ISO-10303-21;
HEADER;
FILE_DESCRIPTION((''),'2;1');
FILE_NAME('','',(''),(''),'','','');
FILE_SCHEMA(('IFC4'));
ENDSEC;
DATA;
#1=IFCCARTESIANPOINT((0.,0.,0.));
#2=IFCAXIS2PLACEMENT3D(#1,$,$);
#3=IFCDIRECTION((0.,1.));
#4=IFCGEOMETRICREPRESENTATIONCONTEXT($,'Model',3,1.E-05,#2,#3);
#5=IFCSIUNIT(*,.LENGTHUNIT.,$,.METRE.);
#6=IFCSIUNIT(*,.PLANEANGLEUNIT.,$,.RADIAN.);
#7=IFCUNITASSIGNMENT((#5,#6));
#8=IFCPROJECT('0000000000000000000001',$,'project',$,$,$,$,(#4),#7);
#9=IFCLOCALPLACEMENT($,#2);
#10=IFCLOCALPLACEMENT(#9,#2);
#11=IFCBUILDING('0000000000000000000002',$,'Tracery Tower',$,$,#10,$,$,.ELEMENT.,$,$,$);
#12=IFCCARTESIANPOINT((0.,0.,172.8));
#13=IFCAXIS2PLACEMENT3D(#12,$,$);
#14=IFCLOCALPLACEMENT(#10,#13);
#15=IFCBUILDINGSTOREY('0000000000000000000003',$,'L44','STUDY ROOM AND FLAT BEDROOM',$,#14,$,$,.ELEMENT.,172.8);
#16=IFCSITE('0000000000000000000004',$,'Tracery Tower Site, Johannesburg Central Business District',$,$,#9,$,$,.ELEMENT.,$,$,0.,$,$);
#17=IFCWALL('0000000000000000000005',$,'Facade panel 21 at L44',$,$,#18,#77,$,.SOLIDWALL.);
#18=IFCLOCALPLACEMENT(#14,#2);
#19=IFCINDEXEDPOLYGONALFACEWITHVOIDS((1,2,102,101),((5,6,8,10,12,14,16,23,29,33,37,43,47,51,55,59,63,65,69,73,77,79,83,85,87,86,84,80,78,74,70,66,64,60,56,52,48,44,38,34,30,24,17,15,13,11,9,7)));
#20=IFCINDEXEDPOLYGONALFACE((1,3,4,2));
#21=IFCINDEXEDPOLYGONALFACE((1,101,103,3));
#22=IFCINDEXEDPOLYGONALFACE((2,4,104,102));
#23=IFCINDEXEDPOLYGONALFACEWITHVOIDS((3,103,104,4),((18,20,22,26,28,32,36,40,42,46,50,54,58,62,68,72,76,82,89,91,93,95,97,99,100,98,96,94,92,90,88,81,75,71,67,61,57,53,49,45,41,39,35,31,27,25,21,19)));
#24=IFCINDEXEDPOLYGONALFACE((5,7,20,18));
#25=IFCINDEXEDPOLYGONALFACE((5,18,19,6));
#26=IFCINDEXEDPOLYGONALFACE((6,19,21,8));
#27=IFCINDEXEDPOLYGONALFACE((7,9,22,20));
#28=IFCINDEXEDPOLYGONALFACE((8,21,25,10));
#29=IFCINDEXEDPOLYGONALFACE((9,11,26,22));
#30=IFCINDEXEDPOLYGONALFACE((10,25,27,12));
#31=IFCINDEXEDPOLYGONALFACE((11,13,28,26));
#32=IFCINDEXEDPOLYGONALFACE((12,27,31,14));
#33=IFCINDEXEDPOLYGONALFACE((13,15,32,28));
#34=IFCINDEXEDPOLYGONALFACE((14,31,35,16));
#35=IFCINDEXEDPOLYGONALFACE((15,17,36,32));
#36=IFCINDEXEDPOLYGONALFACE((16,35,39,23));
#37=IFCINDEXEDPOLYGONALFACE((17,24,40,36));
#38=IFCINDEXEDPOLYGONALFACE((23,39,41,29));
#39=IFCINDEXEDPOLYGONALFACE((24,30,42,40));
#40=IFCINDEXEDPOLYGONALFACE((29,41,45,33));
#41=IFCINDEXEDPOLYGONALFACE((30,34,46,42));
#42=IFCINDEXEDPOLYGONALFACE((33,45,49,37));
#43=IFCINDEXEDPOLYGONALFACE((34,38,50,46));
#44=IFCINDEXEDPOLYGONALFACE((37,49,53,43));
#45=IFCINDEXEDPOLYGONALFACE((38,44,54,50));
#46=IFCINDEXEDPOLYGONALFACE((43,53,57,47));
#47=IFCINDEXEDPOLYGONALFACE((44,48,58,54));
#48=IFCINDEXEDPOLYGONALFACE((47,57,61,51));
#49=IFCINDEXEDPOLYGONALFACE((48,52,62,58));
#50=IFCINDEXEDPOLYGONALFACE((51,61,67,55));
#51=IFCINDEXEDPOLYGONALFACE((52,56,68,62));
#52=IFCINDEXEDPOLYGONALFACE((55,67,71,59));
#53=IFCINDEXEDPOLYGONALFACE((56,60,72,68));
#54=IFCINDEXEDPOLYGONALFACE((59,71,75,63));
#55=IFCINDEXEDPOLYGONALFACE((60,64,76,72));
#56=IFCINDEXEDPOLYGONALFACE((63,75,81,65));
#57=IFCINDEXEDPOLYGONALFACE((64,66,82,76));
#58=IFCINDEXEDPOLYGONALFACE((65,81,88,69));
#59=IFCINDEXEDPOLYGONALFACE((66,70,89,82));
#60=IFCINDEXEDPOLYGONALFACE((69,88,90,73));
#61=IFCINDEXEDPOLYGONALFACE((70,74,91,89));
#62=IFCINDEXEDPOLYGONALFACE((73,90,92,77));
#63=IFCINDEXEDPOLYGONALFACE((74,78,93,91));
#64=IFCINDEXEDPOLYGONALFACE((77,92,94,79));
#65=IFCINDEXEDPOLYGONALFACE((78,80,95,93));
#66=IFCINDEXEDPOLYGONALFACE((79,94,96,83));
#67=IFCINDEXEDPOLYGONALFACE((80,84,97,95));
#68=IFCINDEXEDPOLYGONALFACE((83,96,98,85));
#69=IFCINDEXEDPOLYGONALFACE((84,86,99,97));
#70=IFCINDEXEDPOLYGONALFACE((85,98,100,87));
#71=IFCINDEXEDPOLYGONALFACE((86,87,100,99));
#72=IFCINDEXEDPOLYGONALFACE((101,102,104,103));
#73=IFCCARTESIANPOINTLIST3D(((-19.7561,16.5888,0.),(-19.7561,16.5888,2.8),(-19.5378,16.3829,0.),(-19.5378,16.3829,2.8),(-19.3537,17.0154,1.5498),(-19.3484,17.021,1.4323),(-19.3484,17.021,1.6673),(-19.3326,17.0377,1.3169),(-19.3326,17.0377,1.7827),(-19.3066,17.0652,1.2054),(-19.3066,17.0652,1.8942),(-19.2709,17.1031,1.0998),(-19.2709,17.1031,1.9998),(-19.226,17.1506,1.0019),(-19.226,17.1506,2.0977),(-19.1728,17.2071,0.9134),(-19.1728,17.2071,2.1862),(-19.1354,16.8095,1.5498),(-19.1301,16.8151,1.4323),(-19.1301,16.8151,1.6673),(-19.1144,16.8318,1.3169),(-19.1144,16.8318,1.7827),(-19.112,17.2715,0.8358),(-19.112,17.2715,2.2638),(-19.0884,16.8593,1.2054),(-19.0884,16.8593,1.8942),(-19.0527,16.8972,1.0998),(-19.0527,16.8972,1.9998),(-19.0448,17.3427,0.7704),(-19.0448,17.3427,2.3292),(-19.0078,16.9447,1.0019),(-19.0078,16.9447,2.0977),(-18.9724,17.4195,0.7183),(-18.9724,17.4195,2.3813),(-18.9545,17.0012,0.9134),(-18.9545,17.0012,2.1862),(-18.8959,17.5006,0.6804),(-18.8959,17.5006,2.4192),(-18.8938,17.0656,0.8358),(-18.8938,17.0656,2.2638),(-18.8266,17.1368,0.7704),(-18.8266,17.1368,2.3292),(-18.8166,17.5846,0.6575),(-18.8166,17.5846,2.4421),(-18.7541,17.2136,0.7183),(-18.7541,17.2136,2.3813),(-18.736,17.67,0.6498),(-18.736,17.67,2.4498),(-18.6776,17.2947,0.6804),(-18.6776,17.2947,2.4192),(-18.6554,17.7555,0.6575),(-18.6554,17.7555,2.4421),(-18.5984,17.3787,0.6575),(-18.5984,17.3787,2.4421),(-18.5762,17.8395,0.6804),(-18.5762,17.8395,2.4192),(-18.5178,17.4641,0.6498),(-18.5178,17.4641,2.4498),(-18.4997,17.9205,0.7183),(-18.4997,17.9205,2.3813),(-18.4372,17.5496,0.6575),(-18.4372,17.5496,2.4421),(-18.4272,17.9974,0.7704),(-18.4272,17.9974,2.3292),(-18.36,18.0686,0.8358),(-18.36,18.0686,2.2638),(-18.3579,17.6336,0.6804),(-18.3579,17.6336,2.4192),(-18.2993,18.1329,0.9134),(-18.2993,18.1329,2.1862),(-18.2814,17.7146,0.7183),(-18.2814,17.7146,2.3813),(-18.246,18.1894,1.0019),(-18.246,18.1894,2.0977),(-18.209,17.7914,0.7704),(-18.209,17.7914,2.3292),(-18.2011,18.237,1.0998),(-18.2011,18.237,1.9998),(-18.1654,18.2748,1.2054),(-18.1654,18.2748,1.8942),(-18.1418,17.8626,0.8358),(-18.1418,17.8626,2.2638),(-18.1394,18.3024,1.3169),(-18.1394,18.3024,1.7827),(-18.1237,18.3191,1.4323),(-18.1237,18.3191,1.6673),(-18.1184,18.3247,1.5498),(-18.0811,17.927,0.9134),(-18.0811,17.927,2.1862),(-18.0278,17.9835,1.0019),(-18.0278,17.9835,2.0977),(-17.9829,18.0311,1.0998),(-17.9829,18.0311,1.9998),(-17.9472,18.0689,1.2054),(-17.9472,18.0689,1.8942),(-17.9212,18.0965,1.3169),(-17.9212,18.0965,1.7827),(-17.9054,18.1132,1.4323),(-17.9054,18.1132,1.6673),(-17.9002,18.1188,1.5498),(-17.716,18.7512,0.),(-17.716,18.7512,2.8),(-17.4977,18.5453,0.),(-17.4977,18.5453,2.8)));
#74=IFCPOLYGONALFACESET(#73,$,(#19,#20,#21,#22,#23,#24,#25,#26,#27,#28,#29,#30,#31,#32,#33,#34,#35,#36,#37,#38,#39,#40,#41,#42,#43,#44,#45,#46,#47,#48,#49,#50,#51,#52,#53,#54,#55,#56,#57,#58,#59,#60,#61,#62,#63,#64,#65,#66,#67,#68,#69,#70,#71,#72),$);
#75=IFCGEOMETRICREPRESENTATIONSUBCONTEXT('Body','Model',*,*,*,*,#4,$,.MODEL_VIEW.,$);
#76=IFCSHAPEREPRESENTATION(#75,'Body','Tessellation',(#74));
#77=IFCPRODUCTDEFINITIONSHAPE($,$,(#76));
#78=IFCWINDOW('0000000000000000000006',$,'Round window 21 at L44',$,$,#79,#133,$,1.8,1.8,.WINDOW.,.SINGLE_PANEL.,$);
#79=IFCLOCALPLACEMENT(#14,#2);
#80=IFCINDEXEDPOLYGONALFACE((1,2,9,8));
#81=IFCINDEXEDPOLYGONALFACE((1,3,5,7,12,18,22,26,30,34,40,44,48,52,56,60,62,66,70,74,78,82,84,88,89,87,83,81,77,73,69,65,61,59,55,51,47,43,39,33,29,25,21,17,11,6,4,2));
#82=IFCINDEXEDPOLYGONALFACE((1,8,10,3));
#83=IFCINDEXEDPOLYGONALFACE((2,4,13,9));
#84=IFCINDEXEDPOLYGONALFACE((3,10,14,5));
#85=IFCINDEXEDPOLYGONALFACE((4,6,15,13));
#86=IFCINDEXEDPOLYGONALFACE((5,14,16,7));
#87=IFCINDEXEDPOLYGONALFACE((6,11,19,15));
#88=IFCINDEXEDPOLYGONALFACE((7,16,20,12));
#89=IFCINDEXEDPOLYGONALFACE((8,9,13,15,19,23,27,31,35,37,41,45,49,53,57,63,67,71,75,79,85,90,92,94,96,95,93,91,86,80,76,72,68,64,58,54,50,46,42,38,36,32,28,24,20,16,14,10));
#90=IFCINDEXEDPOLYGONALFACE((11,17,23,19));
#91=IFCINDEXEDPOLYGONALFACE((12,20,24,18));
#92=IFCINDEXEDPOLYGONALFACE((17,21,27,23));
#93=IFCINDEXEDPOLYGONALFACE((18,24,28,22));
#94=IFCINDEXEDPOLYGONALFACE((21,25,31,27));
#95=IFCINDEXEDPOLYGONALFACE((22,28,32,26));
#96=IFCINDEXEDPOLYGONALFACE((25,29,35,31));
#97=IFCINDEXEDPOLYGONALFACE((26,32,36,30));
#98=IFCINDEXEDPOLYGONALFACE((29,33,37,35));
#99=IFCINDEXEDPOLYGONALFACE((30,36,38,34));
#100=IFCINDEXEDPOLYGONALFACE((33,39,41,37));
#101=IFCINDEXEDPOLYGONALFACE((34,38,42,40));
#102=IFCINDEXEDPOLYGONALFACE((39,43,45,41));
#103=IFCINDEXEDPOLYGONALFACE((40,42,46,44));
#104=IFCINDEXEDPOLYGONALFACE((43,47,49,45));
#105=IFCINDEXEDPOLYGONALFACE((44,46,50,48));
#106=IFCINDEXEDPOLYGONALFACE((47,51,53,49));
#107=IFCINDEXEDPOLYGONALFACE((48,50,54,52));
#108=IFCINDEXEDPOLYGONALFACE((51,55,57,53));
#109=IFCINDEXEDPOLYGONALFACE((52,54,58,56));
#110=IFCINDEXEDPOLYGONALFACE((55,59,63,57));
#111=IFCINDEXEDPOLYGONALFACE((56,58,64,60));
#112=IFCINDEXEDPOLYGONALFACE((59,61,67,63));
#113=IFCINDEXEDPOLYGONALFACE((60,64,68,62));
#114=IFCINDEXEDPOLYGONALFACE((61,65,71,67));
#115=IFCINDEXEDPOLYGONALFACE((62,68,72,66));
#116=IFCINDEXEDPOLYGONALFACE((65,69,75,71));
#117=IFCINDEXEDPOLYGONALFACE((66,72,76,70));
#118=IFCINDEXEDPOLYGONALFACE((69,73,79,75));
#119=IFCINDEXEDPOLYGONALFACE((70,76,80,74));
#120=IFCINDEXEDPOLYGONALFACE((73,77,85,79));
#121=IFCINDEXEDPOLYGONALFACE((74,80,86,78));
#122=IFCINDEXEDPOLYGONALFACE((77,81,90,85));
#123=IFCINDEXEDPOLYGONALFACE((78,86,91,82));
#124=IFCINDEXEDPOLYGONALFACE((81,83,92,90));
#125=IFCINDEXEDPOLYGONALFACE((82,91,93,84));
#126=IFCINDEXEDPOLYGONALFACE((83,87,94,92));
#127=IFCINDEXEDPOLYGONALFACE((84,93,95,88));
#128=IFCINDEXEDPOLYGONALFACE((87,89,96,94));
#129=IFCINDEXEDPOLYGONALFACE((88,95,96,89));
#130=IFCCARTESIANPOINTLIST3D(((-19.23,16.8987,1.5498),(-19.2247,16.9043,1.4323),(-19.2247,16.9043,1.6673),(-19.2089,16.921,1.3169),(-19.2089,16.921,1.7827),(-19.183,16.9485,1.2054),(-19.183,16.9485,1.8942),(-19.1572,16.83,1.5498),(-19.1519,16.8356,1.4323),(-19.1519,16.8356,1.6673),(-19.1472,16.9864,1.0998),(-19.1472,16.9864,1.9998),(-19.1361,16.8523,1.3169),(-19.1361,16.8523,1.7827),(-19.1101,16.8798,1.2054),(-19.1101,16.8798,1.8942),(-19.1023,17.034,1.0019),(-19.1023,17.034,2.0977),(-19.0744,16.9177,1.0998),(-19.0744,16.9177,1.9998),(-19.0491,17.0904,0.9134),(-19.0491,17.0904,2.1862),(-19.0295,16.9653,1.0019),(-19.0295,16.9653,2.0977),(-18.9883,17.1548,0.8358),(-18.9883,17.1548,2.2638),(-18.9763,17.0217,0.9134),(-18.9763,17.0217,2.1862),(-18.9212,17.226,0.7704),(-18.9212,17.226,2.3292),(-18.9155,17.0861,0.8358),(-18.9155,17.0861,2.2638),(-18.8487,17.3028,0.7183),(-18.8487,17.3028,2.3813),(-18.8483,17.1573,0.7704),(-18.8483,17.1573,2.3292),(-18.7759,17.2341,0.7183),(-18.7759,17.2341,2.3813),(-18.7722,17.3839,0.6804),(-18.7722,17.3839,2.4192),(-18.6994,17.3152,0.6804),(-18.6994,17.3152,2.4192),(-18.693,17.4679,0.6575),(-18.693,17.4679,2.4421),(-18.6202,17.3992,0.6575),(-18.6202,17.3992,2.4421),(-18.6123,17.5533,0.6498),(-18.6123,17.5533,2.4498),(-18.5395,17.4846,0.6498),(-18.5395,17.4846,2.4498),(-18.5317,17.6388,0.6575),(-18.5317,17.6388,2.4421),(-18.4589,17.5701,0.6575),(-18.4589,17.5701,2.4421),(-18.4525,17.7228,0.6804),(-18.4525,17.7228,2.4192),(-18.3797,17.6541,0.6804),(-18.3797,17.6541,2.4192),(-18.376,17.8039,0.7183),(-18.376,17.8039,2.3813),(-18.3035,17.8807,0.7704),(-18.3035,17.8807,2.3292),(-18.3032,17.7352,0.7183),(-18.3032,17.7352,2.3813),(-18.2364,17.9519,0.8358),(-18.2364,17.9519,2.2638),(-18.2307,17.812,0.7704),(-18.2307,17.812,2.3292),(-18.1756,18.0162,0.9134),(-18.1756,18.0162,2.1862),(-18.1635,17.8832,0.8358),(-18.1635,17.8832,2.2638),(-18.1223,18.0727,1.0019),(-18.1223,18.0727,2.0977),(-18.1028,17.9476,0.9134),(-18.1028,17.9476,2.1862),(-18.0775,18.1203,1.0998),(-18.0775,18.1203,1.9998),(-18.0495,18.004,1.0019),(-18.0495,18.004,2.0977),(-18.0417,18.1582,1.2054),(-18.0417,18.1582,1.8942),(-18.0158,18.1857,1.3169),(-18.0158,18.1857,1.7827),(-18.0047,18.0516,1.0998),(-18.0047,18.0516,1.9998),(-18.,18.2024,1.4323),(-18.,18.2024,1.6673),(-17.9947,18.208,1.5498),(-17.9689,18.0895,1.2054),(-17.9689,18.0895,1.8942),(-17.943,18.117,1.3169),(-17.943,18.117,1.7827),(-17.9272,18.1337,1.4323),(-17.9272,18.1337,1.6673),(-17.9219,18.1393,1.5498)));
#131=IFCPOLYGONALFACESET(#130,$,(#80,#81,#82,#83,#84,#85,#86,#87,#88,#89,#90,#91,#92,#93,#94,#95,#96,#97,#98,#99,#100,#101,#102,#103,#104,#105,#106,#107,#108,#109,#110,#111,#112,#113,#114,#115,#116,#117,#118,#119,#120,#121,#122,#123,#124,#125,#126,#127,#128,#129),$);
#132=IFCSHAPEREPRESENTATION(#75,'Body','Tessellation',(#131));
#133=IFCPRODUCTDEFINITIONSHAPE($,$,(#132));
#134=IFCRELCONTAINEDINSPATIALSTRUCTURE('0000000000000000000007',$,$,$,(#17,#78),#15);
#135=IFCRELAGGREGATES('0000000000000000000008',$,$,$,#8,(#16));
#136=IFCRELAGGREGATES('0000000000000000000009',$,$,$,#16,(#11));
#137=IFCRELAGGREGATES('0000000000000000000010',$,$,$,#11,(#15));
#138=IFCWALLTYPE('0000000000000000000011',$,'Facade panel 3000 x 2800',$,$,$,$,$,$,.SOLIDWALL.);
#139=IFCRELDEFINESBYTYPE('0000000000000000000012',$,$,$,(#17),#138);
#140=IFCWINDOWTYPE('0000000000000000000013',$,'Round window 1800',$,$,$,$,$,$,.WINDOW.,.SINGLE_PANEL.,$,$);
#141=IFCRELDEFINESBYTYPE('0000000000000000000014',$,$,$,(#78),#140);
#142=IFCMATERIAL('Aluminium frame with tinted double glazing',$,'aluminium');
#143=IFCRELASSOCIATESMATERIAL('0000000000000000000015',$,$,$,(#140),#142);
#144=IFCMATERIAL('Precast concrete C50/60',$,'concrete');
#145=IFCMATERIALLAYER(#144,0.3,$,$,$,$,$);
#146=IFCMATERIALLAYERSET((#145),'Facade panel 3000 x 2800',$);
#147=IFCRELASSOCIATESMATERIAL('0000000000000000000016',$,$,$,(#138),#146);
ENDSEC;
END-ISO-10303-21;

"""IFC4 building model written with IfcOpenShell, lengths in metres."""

from ifc_helpers import new_model, si_unit, direction, frame, frame_2d, origin, origin_2d, place, context, subcontext, project, spatial, rectangle, circle, extrude, material, layer, layer_set, type_object, element, fill, save


model = new_model("IFC4")

# Units and contexts
model_context = context("Model", 3, precision=1e-05, world=origin(), true_north=direction((0.0, 1.0)))
body_context = subcontext(model_context, "Body", "Model", "MODEL_VIEW")
ifc_project = project(units=[si_unit("LENGTHUNIT", "METRE"), si_unit("PLANEANGLEUNIT", "RADIAN")], contexts=[model_context])

# Site, building, storey
site_placement = place(None, origin())
site = spatial("IfcSite", under=ifc_project, at=site_placement, Name="Tracery Tower Site, Johannesburg Central Business District", CompositionType="ELEMENT", RefElevation=0.0)
building_placement = place(site_placement, origin())
building = spatial("IfcBuilding", under=site, at=building_placement, Name="Tracery Tower", CompositionType="ELEMENT")
storey_placement = place(building_placement, frame((0.0, 0.0, 172.8)))
storey = spatial("IfcBuildingStorey", under=building, at=storey_placement, Name="L44", Description="STUDY ROOM AND FLAT BEDROOM", CompositionType="ELEMENT", Elevation=172.8)

# Wall, opening, window
ifc_material_1 = material(Name="Aluminium frame with tinted double glazing", Category="aluminium")
window_type = type_object("IfcWindowType", Name="Round window 1800", PartitioningType="SINGLE_PANEL", PredefinedType="WINDOW", material=ifc_material_1)
ifc_material_2 = material(Name="Precast concrete C50/60", Category="concrete")
ifc_layer_1 = layer(ifc_material_2, 0.3)
ifc_layer_set_1 = layer_set([ifc_layer_1], Name="Facade panel 3000 x 2800")
wall_type_1 = type_object("IfcWallType", Name="Facade panel 3000 x 2800", PredefinedType="SOLIDWALL", material=ifc_layer_set_1)
wall_1_placement = place(storey_placement, frame((-17.6069, 18.6482, 0.0), z_axis=(0.0, 0.0, 1.0), x_axis=(-0.686235, -0.72738, 0.0)))
wall_1 = element("IfcWall", 1, at=wall_1_placement, inside=storey, type_object=wall_type_1, Name="Facade panel 21 at L44", PredefinedType="SOLIDWALL", context=body_context, shape_type="SweptSolid", body=[
    extrude(rectangle(XDim=2.9729, YDim=0.3, at=frame_2d((1.4863, 0.0))), origin(), (0.0, 0.0, 1.0), 2.8),
])
opening_1_placement = place(wall_1_placement, frame((1.4863, 0.0, 1.5498)))
opening_1 = element("IfcOpeningElement", 2, at=opening_1_placement, cuts=wall_1, PredefinedType="OPENING", context=body_context, shape_type="SweptSolid", body=[
    extrude(circle(Radius=0.9, at=origin_2d()), frame((0.0, 0.1599, 0.0), z_axis=(0.0, -1.0, 0.0), x_axis=(1.0, 0.0, 0.0)), (0.0, 0.0, 1.0), 0.3201),
])
window_1_placement = place(opening_1_placement, origin())
window_1 = element("IfcWindow", 3, at=window_1_placement, inside=storey, type_object=window_type, Name="Round window 21 at L44", OverallHeight=1.8, OverallWidth=1.8, PartitioningType="SINGLE_PANEL", PredefinedType="WINDOW", context=body_context, shape_type="SweptSolid", body=[
    extrude(circle(Radius=0.9, at=origin_2d()), frame((0.0, 0.1201, 0.0), z_axis=(0.0, -1.0, 0.0), x_axis=(1.0, 0.0, 0.0)), (0.0, 0.0, 1.0), 0.1001),
])
fill(opening_1, window_1)

save(model, "model.ifc")
